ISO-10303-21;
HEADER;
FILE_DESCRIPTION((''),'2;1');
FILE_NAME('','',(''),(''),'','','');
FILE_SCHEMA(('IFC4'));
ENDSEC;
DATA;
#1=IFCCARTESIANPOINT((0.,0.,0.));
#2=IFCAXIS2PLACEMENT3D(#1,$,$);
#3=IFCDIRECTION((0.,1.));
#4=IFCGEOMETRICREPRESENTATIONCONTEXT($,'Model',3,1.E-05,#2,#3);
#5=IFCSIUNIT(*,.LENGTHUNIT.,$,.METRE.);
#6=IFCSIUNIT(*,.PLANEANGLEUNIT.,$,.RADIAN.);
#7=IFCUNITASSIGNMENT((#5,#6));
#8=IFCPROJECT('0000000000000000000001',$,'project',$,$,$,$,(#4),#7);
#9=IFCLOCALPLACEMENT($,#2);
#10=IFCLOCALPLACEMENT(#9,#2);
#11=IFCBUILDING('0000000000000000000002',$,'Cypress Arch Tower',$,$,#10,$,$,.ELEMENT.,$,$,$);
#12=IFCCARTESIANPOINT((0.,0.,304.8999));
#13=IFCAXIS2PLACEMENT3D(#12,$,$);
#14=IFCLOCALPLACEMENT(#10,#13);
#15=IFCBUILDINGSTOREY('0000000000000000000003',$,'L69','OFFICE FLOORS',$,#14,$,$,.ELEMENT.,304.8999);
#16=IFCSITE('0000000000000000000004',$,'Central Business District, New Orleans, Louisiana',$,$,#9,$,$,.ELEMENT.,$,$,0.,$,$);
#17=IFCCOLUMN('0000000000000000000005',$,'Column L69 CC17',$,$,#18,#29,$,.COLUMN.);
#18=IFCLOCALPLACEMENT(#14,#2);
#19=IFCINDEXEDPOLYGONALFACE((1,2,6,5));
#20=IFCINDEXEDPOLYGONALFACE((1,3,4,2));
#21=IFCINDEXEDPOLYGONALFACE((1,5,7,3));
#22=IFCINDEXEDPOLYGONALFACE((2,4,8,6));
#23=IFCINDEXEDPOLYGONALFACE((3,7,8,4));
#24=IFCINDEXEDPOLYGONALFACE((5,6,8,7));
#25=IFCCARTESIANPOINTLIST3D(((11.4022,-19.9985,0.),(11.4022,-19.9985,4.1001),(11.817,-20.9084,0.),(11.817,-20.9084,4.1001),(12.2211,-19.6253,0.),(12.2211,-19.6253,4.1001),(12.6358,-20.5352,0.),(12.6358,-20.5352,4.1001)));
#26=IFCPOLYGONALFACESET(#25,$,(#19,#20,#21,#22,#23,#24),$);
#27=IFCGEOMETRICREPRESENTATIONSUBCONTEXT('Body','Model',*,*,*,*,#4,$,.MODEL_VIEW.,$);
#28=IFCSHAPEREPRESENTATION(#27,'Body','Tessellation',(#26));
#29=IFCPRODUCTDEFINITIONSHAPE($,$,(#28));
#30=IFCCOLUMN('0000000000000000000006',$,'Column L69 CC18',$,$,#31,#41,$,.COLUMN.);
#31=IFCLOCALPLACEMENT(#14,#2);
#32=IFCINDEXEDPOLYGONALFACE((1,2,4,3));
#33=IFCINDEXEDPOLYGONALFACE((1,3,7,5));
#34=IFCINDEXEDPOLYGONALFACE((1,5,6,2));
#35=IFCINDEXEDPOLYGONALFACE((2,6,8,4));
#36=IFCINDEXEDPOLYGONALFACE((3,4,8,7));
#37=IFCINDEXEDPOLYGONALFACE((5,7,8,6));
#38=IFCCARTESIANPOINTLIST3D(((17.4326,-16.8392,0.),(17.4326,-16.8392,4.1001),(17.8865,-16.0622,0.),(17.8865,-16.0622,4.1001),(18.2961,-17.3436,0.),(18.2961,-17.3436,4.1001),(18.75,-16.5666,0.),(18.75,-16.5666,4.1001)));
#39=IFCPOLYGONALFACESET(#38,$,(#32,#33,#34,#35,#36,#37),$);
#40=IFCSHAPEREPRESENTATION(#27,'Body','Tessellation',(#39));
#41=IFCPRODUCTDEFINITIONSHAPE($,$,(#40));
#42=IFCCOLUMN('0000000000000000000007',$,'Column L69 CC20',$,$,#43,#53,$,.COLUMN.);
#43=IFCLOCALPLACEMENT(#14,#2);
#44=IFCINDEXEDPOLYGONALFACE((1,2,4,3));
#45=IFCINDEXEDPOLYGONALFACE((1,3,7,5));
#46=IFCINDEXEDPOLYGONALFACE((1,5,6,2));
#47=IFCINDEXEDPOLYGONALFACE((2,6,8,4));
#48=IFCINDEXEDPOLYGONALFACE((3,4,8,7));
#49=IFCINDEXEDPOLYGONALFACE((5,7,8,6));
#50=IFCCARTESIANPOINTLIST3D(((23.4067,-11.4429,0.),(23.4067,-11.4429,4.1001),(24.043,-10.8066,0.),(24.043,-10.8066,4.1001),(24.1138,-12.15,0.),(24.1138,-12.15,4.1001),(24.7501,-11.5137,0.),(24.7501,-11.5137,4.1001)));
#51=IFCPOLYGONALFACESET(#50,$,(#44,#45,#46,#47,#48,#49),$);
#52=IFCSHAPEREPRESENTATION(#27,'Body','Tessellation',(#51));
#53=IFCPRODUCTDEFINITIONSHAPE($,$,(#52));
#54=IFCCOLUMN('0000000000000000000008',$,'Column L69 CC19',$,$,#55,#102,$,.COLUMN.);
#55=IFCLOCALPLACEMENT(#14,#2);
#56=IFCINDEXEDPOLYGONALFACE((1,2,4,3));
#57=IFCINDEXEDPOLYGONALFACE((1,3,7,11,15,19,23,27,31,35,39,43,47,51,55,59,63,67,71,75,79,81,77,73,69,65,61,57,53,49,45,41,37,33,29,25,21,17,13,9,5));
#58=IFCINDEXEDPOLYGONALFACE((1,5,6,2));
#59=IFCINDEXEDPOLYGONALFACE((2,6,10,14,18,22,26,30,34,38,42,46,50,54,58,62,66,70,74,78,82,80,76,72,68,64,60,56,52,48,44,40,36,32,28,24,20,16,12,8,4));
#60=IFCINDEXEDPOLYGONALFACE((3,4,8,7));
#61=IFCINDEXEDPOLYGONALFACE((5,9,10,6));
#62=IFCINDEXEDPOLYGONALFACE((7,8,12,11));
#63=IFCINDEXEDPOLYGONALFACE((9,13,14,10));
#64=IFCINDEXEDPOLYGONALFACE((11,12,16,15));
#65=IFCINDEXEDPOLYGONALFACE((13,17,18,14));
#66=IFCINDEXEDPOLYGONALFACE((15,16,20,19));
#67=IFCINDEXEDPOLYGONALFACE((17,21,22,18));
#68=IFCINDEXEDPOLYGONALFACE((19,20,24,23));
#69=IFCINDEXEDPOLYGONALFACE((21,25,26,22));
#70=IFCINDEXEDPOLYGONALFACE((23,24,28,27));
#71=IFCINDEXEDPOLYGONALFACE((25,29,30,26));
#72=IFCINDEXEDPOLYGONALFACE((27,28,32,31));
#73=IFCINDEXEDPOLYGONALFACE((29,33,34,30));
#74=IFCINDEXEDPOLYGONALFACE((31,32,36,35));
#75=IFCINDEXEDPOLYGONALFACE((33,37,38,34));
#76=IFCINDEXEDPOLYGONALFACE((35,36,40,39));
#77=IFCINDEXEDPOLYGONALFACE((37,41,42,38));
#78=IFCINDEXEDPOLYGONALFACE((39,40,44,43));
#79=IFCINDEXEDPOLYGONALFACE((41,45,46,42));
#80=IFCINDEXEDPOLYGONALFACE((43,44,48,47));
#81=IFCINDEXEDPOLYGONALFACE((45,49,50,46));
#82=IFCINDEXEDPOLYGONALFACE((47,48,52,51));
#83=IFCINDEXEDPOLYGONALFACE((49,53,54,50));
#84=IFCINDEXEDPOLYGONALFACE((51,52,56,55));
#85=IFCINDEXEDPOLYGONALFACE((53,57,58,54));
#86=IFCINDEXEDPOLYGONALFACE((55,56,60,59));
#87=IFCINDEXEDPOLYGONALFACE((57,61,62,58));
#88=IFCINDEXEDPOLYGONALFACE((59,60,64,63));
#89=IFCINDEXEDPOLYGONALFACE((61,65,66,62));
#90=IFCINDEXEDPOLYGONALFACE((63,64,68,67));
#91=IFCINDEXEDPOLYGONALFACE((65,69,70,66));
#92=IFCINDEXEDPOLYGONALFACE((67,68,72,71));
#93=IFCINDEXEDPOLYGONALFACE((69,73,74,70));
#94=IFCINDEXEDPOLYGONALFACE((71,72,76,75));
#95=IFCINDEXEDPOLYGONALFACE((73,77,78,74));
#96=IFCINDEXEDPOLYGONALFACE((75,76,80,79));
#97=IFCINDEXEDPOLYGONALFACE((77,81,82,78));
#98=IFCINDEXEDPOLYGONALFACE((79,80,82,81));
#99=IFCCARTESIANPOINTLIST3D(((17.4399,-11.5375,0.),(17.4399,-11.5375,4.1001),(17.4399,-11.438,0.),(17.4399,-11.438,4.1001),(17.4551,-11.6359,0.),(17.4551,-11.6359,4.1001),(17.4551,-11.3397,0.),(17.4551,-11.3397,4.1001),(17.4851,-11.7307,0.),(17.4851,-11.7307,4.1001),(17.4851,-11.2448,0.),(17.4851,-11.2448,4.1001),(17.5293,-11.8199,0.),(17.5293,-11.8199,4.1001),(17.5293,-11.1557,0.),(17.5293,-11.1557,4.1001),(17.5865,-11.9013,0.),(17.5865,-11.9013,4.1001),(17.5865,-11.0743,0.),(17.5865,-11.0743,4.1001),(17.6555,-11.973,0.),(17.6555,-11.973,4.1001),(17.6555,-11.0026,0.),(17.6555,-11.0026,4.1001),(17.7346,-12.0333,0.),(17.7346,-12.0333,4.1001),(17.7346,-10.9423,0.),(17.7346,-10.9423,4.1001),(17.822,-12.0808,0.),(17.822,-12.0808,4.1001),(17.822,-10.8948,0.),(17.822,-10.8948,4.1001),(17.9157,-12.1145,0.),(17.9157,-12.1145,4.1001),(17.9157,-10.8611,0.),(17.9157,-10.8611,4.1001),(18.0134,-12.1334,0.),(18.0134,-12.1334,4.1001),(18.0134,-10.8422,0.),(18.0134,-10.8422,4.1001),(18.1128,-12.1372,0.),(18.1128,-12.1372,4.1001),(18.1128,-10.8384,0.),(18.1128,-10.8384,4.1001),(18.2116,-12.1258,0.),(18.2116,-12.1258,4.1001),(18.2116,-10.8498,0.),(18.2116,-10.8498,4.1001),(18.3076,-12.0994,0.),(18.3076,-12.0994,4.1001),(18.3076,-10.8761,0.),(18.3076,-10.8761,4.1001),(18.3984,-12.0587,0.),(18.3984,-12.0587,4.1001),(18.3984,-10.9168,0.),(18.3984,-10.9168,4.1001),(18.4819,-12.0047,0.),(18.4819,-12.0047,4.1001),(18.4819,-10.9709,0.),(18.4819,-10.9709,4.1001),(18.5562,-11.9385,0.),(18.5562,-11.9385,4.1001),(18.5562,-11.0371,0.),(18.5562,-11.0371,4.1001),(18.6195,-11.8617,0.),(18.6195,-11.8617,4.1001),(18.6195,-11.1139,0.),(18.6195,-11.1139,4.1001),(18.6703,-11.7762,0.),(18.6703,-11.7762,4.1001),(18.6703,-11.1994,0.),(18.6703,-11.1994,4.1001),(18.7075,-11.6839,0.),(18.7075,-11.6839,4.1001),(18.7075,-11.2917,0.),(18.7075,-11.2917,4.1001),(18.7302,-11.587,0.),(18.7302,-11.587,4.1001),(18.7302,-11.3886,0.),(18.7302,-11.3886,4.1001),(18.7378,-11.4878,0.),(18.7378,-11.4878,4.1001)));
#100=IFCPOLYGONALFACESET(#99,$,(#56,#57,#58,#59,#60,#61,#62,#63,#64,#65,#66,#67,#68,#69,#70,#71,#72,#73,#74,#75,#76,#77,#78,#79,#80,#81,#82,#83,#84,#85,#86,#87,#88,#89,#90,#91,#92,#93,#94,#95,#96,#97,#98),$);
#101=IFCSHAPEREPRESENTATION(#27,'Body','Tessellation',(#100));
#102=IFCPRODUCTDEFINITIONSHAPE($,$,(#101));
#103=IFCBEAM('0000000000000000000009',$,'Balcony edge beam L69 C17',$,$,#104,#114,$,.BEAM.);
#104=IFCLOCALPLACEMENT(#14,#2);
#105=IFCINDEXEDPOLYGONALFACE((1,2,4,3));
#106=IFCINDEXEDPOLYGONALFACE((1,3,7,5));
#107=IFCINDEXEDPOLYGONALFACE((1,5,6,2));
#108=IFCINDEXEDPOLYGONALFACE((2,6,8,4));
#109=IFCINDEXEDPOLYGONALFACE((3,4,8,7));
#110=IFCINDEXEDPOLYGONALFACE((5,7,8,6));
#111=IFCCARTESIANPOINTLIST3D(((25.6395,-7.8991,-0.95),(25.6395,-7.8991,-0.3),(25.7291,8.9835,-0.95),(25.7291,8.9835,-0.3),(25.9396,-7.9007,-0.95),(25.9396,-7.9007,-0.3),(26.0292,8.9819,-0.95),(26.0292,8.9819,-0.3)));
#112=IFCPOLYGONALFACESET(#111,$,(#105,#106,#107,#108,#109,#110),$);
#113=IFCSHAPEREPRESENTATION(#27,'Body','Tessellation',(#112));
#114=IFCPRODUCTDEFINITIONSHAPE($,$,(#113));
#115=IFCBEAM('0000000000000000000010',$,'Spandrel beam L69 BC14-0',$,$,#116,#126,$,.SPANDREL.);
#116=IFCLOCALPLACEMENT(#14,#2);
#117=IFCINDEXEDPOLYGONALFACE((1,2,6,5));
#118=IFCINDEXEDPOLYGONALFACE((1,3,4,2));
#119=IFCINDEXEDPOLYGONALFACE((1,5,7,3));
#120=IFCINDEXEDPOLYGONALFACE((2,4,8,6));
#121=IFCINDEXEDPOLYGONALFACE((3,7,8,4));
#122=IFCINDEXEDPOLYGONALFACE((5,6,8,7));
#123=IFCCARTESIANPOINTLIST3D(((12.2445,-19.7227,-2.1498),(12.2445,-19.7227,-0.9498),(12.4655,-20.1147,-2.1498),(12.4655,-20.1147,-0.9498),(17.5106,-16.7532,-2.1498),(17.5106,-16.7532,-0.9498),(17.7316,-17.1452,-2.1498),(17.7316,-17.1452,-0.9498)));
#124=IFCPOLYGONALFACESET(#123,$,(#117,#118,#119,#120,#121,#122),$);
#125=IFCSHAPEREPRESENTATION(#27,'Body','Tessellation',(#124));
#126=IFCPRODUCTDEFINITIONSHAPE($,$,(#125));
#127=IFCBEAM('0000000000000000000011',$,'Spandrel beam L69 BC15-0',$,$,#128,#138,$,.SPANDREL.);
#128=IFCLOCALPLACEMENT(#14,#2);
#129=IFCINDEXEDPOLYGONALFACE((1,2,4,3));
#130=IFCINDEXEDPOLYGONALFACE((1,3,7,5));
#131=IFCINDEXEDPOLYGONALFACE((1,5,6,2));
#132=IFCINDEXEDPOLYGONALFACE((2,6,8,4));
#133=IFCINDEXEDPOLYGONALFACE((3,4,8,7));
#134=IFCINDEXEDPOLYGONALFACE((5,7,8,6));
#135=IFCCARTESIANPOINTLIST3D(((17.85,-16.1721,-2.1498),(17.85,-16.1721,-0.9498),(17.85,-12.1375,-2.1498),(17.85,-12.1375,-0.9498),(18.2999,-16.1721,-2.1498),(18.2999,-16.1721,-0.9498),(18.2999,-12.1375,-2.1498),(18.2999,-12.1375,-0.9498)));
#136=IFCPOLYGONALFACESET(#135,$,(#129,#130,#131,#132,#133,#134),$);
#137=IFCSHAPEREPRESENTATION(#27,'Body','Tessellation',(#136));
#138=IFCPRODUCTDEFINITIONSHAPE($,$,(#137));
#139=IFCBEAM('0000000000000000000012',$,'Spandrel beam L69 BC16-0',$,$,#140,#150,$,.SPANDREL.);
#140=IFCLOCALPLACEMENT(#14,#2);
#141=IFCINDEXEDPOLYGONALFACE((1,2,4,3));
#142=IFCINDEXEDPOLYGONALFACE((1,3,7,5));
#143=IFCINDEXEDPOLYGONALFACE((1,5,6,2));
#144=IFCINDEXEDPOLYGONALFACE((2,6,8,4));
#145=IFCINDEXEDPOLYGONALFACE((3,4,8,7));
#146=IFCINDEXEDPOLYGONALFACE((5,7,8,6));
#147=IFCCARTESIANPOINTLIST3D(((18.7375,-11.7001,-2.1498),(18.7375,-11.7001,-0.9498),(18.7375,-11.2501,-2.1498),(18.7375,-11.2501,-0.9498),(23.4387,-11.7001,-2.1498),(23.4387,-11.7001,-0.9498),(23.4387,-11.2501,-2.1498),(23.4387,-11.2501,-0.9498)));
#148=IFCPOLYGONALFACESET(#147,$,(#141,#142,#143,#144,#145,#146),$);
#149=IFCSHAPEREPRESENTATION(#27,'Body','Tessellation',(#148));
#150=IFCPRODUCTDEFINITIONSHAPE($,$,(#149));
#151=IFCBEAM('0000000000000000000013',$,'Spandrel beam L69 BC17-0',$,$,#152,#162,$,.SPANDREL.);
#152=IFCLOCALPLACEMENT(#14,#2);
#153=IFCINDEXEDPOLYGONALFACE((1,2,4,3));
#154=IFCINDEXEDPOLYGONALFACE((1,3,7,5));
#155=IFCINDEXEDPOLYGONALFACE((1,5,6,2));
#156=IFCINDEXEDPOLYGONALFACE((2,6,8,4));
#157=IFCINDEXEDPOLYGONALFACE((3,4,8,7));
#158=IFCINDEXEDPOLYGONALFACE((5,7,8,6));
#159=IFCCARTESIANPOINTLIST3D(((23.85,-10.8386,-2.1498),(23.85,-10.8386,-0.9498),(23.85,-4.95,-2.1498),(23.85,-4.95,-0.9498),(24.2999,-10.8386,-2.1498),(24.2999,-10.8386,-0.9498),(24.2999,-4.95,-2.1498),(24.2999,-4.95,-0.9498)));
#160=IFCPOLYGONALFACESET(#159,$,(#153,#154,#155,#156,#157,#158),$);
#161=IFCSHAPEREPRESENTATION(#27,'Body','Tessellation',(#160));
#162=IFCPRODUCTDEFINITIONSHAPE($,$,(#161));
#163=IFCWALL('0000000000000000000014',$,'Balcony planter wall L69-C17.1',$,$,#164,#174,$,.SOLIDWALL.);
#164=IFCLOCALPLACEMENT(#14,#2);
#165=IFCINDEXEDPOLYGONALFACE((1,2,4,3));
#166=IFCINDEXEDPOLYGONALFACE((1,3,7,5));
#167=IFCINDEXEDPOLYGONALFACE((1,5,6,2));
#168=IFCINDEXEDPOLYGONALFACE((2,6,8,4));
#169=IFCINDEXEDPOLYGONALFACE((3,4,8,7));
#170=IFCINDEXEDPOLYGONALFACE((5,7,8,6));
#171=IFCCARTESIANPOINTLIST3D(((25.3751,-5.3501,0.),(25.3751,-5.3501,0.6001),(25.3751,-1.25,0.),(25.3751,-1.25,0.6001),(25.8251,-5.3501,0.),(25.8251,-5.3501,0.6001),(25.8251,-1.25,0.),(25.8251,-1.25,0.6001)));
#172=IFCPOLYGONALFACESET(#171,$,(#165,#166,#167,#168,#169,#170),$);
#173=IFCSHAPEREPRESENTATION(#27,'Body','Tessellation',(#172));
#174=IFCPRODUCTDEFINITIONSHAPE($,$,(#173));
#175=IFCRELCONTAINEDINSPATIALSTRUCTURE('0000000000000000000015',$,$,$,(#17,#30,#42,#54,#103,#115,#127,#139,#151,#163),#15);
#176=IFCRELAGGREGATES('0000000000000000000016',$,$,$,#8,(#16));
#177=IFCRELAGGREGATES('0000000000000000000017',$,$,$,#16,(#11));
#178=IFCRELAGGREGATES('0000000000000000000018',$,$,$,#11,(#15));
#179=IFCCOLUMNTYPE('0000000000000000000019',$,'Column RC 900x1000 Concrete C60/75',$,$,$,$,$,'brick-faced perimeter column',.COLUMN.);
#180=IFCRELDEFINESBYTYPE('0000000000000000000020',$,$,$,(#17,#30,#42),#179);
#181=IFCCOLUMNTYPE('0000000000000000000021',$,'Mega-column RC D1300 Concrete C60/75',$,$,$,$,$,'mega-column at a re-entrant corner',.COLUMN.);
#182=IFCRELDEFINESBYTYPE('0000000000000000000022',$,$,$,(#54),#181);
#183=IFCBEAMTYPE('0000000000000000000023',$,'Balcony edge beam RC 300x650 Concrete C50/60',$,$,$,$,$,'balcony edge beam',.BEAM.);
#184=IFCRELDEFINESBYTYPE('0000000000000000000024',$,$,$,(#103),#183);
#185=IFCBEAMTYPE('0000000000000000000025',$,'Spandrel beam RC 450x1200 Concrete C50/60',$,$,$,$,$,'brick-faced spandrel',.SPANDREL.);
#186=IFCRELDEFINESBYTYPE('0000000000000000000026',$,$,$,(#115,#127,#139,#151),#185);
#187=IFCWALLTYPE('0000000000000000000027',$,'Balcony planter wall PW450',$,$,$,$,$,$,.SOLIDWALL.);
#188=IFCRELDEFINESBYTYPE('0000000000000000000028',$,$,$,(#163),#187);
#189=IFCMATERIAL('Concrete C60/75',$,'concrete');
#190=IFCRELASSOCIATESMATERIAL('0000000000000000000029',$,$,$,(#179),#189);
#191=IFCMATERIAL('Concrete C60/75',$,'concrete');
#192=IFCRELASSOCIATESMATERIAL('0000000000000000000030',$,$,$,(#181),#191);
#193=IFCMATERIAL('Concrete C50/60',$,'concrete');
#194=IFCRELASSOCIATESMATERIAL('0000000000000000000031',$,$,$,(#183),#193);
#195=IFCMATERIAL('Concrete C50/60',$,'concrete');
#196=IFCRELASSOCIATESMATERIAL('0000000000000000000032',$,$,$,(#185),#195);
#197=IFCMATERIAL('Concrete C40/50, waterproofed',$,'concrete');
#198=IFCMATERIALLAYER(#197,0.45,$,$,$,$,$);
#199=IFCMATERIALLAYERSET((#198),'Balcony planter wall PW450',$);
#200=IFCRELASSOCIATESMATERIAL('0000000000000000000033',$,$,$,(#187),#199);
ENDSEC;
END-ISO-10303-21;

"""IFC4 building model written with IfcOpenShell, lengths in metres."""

from ifc_helpers import new_model, si_unit, direction, frame, frame_2d, origin, origin_2d, place, context, subcontext, project, spatial, rectangle, circle, extrude, material, layer, layer_set, material_profile, profile_set, type_object, element, save


model = new_model("IFC4")

# Units and contexts
model_context = context("Model", 3, precision=1e-05, world=origin(), true_north=direction((0.0, 1.0)))
body_context = subcontext(model_context, "Body", "Model", "MODEL_VIEW")
ifc_project = project(units=[si_unit("LENGTHUNIT", "METRE"), si_unit("PLANEANGLEUNIT", "RADIAN")], contexts=[model_context])

# Site, building, storey
site_placement = place(None, origin())
site = spatial("IfcSite", under=ifc_project, at=site_placement, Name="Central Business District, New Orleans, Louisiana", CompositionType="ELEMENT", RefElevation=0.0)
building_placement = place(site_placement, origin())
building = spatial("IfcBuilding", under=site, at=building_placement, Name="Cypress Arch Tower", CompositionType="ELEMENT")
storey_placement = place(building_placement, frame((0.0, 0.0, 304.8999)))
storey = spatial("IfcBuildingStorey", under=building, at=storey_placement, Name="L69", Description="OFFICE FLOORS", CompositionType="ELEMENT", Elevation=304.8999)

# Columns
ifc_material_1 = material(Name="Concrete C60/75", Category="concrete")
ifc_material_profile_1 = material_profile(ifc_material_1, rectangle(XDim=0.8999, YDim=1.0, at=origin_2d()), Name="RC 900x1000")
ifc_profile_set_1 = profile_set([ifc_material_profile_1], Name="Concrete C60/75")
column_type_1 = type_object("IfcColumnType", Name="Column RC 900x1000 Concrete C60/75", ElementType="brick-faced perimeter column", PredefinedType="COLUMN", material=ifc_profile_set_1)
for number, where, z_axis, x_axis, name in (
    (1, (12.019, -20.2668, 0.0), (0.0, 0.0, 1.0), (0.909932, 0.414757, 0.0), "Column L69 CC17"),
    (2, (18.0913, -16.7029, 0.0), (0.0, 0.0, 1.0), (0.504399, 0.863471, 0.0), "Column L69 CC18"),
    (3, (24.0784, -11.4783, 0.0), (0.0, 0.0, 1.0), (0.707107, 0.707107, 0.0), "Column L69 CC20"),
):
    element("IfcColumn", number, at=place(storey_placement, frame(where, z_axis=z_axis, x_axis=x_axis)), inside=storey, type_object=column_type_1, Name=name, PredefinedType="COLUMN", context=body_context, shape_type="SweptSolid", body=[
        extrude(rectangle(XDim=0.8999, YDim=1.0, at=origin_2d()), origin(), (0.0, 0.0, 1.0), 4.1001),
    ])
ifc_material_2 = material(Name="Concrete C60/75", Category="concrete")
ifc_material_profile_2 = material_profile(ifc_material_2, circle(Radius=0.6499, at=origin_2d()), Name="RC D1300")
ifc_profile_set_2 = profile_set([ifc_material_profile_2], Name="Concrete C60/75")
column_type_2 = type_object("IfcColumnType", Name="Mega-column RC D1300 Concrete C60/75", ElementType="mega-column at a re-entrant corner", PredefinedType="COLUMN", material=ifc_profile_set_2)
column_placement = place(storey_placement, frame((18.0879, -11.4878, 0.0), z_axis=(0.0, 0.0, 1.0), x_axis=(1.0, 0.0, 0.0)))
element("IfcColumn", 4, at=column_placement, inside=storey, type_object=column_type_2, Name="Column L69 CC19", PredefinedType="COLUMN", context=body_context, shape_type="SweptSolid", body=[
    extrude(circle(Radius=0.6499, at=origin_2d()), origin(), (0.0, 0.0, 1.0), 4.1001),
])

# Beams
ifc_material_3 = material(Name="Concrete C50/60", Category="concrete")
ifc_material_profile_3 = material_profile(ifc_material_3, rectangle(XDim=0.3, YDim=0.6499, at=origin_2d()), Name="RC 300x650")
ifc_profile_set_3 = profile_set([ifc_material_profile_3], Name="Concrete C50/60")
beam_type_1 = type_object("IfcBeamType", Name="Balcony edge beam RC 300x650 Concrete C50/60", ElementType="balcony edge beam", PredefinedType="BEAM", material=ifc_profile_set_3)
beam_1_placement = place(storey_placement, frame((25.7896, -7.8999, -0.625), z_axis=(0.005307, 0.999986, 0.0), x_axis=(-0.999986, 0.005307, 0.0)))
element("IfcBeam", 5, at=beam_1_placement, inside=storey, type_object=beam_type_1, Name="Balcony edge beam L69 C17", PredefinedType="BEAM", context=body_context, shape_type="SweptSolid", body=[
    extrude(rectangle(XDim=0.3, YDim=0.6499, at=origin_2d()), origin(), (0.0, 0.0, 1.0), 16.8828),
])
ifc_material_4 = material(Name="Concrete C50/60", Category="concrete")
ifc_material_profile_4 = material_profile(ifc_material_4, rectangle(XDim=0.45, YDim=1.2, at=origin_2d()), Name="RC 450x1200")
ifc_profile_set_4 = profile_set([ifc_material_profile_4], Name="Concrete C50/60")
beam_type_2 = type_object("IfcBeamType", Name="Spandrel beam RC 450x1200 Concrete C50/60", ElementType="brick-faced spandrel", PredefinedType="SPANDREL", material=ifc_profile_set_4)
beam_2_placement = place(storey_placement, frame((12.355, -19.9187, -1.5498), z_axis=(0.87106, 0.491177, 0.0), x_axis=(-0.491177, 0.87106, 0.0)))
element("IfcBeam", 6, at=beam_2_placement, inside=storey, type_object=beam_type_2, Name="Spandrel beam L69 BC14-0", PredefinedType="SPANDREL", context=body_context, shape_type="SweptSolid", body=[
    extrude(rectangle(XDim=0.45, YDim=1.2, at=origin_2d()), origin(), (0.0, 0.0, 1.0), 6.0457),
])
beam_3_placement = place(storey_placement, frame((18.075, -16.1721, -1.5498), z_axis=(0.0, 1.0, 0.0), x_axis=(-1.0, 0.0, 0.0)))
element("IfcBeam", 7, at=beam_3_placement, inside=storey, type_object=beam_type_2, Name="Spandrel beam L69 BC15-0", PredefinedType="SPANDREL", context=body_context, shape_type="SweptSolid", body=[
    extrude(rectangle(XDim=0.45, YDim=1.2, at=origin_2d()), origin(), (0.0, 0.0, 1.0), 4.0347),
])
beam_4_placement = place(storey_placement, frame((18.7375, -11.4751, -1.5498), z_axis=(1.0, 0.0, 0.0), x_axis=(0.0, 1.0, 0.0)))
element("IfcBeam", 8, at=beam_4_placement, inside=storey, type_object=beam_type_2, Name="Spandrel beam L69 BC16-0", PredefinedType="SPANDREL", context=body_context, shape_type="SweptSolid", body=[
    extrude(rectangle(XDim=0.45, YDim=1.2, at=origin_2d()), origin(), (0.0, 0.0, 1.0), 4.7012),
])
beam_5_placement = place(storey_placement, frame((24.075, -10.8386, -1.5498), z_axis=(0.0, 1.0, 0.0), x_axis=(-1.0, 0.0, 0.0)))
element("IfcBeam", 9, at=beam_5_placement, inside=storey, type_object=beam_type_2, Name="Spandrel beam L69 BC17-0", PredefinedType="SPANDREL", context=body_context, shape_type="SweptSolid", body=[
    extrude(rectangle(XDim=0.45, YDim=1.2, at=origin_2d()), origin(), (0.0, 0.0, 1.0), 5.8887),
])

# Wall
ifc_material_5 = material(Name="Concrete C40/50, waterproofed", Category="concrete")
ifc_layer_1 = layer(ifc_material_5, 0.45)
ifc_layer_set_1 = layer_set([ifc_layer_1], Name="Balcony planter wall PW450")
wall_type_1 = type_object("IfcWallType", Name="Balcony planter wall PW450", PredefinedType="SOLIDWALL", material=ifc_layer_set_1)
wall_1_placement = place(storey_placement, frame((25.6001, -5.3501, 0.0), z_axis=(0.0, 0.0, 1.0), x_axis=(0.0, 1.0, 0.0)))
element("IfcWall", 10, at=wall_1_placement, inside=storey, type_object=wall_type_1, Name="Balcony planter wall L69-C17.1", PredefinedType="SOLIDWALL", context=body_context, shape_type="SweptSolid", body=[
    extrude(rectangle(XDim=4.1001, YDim=0.45, at=frame_2d((2.05, 0.0))), origin(), (0.0, 0.0, 1.0), 0.6001),
])

save(model, "model.ifc")
